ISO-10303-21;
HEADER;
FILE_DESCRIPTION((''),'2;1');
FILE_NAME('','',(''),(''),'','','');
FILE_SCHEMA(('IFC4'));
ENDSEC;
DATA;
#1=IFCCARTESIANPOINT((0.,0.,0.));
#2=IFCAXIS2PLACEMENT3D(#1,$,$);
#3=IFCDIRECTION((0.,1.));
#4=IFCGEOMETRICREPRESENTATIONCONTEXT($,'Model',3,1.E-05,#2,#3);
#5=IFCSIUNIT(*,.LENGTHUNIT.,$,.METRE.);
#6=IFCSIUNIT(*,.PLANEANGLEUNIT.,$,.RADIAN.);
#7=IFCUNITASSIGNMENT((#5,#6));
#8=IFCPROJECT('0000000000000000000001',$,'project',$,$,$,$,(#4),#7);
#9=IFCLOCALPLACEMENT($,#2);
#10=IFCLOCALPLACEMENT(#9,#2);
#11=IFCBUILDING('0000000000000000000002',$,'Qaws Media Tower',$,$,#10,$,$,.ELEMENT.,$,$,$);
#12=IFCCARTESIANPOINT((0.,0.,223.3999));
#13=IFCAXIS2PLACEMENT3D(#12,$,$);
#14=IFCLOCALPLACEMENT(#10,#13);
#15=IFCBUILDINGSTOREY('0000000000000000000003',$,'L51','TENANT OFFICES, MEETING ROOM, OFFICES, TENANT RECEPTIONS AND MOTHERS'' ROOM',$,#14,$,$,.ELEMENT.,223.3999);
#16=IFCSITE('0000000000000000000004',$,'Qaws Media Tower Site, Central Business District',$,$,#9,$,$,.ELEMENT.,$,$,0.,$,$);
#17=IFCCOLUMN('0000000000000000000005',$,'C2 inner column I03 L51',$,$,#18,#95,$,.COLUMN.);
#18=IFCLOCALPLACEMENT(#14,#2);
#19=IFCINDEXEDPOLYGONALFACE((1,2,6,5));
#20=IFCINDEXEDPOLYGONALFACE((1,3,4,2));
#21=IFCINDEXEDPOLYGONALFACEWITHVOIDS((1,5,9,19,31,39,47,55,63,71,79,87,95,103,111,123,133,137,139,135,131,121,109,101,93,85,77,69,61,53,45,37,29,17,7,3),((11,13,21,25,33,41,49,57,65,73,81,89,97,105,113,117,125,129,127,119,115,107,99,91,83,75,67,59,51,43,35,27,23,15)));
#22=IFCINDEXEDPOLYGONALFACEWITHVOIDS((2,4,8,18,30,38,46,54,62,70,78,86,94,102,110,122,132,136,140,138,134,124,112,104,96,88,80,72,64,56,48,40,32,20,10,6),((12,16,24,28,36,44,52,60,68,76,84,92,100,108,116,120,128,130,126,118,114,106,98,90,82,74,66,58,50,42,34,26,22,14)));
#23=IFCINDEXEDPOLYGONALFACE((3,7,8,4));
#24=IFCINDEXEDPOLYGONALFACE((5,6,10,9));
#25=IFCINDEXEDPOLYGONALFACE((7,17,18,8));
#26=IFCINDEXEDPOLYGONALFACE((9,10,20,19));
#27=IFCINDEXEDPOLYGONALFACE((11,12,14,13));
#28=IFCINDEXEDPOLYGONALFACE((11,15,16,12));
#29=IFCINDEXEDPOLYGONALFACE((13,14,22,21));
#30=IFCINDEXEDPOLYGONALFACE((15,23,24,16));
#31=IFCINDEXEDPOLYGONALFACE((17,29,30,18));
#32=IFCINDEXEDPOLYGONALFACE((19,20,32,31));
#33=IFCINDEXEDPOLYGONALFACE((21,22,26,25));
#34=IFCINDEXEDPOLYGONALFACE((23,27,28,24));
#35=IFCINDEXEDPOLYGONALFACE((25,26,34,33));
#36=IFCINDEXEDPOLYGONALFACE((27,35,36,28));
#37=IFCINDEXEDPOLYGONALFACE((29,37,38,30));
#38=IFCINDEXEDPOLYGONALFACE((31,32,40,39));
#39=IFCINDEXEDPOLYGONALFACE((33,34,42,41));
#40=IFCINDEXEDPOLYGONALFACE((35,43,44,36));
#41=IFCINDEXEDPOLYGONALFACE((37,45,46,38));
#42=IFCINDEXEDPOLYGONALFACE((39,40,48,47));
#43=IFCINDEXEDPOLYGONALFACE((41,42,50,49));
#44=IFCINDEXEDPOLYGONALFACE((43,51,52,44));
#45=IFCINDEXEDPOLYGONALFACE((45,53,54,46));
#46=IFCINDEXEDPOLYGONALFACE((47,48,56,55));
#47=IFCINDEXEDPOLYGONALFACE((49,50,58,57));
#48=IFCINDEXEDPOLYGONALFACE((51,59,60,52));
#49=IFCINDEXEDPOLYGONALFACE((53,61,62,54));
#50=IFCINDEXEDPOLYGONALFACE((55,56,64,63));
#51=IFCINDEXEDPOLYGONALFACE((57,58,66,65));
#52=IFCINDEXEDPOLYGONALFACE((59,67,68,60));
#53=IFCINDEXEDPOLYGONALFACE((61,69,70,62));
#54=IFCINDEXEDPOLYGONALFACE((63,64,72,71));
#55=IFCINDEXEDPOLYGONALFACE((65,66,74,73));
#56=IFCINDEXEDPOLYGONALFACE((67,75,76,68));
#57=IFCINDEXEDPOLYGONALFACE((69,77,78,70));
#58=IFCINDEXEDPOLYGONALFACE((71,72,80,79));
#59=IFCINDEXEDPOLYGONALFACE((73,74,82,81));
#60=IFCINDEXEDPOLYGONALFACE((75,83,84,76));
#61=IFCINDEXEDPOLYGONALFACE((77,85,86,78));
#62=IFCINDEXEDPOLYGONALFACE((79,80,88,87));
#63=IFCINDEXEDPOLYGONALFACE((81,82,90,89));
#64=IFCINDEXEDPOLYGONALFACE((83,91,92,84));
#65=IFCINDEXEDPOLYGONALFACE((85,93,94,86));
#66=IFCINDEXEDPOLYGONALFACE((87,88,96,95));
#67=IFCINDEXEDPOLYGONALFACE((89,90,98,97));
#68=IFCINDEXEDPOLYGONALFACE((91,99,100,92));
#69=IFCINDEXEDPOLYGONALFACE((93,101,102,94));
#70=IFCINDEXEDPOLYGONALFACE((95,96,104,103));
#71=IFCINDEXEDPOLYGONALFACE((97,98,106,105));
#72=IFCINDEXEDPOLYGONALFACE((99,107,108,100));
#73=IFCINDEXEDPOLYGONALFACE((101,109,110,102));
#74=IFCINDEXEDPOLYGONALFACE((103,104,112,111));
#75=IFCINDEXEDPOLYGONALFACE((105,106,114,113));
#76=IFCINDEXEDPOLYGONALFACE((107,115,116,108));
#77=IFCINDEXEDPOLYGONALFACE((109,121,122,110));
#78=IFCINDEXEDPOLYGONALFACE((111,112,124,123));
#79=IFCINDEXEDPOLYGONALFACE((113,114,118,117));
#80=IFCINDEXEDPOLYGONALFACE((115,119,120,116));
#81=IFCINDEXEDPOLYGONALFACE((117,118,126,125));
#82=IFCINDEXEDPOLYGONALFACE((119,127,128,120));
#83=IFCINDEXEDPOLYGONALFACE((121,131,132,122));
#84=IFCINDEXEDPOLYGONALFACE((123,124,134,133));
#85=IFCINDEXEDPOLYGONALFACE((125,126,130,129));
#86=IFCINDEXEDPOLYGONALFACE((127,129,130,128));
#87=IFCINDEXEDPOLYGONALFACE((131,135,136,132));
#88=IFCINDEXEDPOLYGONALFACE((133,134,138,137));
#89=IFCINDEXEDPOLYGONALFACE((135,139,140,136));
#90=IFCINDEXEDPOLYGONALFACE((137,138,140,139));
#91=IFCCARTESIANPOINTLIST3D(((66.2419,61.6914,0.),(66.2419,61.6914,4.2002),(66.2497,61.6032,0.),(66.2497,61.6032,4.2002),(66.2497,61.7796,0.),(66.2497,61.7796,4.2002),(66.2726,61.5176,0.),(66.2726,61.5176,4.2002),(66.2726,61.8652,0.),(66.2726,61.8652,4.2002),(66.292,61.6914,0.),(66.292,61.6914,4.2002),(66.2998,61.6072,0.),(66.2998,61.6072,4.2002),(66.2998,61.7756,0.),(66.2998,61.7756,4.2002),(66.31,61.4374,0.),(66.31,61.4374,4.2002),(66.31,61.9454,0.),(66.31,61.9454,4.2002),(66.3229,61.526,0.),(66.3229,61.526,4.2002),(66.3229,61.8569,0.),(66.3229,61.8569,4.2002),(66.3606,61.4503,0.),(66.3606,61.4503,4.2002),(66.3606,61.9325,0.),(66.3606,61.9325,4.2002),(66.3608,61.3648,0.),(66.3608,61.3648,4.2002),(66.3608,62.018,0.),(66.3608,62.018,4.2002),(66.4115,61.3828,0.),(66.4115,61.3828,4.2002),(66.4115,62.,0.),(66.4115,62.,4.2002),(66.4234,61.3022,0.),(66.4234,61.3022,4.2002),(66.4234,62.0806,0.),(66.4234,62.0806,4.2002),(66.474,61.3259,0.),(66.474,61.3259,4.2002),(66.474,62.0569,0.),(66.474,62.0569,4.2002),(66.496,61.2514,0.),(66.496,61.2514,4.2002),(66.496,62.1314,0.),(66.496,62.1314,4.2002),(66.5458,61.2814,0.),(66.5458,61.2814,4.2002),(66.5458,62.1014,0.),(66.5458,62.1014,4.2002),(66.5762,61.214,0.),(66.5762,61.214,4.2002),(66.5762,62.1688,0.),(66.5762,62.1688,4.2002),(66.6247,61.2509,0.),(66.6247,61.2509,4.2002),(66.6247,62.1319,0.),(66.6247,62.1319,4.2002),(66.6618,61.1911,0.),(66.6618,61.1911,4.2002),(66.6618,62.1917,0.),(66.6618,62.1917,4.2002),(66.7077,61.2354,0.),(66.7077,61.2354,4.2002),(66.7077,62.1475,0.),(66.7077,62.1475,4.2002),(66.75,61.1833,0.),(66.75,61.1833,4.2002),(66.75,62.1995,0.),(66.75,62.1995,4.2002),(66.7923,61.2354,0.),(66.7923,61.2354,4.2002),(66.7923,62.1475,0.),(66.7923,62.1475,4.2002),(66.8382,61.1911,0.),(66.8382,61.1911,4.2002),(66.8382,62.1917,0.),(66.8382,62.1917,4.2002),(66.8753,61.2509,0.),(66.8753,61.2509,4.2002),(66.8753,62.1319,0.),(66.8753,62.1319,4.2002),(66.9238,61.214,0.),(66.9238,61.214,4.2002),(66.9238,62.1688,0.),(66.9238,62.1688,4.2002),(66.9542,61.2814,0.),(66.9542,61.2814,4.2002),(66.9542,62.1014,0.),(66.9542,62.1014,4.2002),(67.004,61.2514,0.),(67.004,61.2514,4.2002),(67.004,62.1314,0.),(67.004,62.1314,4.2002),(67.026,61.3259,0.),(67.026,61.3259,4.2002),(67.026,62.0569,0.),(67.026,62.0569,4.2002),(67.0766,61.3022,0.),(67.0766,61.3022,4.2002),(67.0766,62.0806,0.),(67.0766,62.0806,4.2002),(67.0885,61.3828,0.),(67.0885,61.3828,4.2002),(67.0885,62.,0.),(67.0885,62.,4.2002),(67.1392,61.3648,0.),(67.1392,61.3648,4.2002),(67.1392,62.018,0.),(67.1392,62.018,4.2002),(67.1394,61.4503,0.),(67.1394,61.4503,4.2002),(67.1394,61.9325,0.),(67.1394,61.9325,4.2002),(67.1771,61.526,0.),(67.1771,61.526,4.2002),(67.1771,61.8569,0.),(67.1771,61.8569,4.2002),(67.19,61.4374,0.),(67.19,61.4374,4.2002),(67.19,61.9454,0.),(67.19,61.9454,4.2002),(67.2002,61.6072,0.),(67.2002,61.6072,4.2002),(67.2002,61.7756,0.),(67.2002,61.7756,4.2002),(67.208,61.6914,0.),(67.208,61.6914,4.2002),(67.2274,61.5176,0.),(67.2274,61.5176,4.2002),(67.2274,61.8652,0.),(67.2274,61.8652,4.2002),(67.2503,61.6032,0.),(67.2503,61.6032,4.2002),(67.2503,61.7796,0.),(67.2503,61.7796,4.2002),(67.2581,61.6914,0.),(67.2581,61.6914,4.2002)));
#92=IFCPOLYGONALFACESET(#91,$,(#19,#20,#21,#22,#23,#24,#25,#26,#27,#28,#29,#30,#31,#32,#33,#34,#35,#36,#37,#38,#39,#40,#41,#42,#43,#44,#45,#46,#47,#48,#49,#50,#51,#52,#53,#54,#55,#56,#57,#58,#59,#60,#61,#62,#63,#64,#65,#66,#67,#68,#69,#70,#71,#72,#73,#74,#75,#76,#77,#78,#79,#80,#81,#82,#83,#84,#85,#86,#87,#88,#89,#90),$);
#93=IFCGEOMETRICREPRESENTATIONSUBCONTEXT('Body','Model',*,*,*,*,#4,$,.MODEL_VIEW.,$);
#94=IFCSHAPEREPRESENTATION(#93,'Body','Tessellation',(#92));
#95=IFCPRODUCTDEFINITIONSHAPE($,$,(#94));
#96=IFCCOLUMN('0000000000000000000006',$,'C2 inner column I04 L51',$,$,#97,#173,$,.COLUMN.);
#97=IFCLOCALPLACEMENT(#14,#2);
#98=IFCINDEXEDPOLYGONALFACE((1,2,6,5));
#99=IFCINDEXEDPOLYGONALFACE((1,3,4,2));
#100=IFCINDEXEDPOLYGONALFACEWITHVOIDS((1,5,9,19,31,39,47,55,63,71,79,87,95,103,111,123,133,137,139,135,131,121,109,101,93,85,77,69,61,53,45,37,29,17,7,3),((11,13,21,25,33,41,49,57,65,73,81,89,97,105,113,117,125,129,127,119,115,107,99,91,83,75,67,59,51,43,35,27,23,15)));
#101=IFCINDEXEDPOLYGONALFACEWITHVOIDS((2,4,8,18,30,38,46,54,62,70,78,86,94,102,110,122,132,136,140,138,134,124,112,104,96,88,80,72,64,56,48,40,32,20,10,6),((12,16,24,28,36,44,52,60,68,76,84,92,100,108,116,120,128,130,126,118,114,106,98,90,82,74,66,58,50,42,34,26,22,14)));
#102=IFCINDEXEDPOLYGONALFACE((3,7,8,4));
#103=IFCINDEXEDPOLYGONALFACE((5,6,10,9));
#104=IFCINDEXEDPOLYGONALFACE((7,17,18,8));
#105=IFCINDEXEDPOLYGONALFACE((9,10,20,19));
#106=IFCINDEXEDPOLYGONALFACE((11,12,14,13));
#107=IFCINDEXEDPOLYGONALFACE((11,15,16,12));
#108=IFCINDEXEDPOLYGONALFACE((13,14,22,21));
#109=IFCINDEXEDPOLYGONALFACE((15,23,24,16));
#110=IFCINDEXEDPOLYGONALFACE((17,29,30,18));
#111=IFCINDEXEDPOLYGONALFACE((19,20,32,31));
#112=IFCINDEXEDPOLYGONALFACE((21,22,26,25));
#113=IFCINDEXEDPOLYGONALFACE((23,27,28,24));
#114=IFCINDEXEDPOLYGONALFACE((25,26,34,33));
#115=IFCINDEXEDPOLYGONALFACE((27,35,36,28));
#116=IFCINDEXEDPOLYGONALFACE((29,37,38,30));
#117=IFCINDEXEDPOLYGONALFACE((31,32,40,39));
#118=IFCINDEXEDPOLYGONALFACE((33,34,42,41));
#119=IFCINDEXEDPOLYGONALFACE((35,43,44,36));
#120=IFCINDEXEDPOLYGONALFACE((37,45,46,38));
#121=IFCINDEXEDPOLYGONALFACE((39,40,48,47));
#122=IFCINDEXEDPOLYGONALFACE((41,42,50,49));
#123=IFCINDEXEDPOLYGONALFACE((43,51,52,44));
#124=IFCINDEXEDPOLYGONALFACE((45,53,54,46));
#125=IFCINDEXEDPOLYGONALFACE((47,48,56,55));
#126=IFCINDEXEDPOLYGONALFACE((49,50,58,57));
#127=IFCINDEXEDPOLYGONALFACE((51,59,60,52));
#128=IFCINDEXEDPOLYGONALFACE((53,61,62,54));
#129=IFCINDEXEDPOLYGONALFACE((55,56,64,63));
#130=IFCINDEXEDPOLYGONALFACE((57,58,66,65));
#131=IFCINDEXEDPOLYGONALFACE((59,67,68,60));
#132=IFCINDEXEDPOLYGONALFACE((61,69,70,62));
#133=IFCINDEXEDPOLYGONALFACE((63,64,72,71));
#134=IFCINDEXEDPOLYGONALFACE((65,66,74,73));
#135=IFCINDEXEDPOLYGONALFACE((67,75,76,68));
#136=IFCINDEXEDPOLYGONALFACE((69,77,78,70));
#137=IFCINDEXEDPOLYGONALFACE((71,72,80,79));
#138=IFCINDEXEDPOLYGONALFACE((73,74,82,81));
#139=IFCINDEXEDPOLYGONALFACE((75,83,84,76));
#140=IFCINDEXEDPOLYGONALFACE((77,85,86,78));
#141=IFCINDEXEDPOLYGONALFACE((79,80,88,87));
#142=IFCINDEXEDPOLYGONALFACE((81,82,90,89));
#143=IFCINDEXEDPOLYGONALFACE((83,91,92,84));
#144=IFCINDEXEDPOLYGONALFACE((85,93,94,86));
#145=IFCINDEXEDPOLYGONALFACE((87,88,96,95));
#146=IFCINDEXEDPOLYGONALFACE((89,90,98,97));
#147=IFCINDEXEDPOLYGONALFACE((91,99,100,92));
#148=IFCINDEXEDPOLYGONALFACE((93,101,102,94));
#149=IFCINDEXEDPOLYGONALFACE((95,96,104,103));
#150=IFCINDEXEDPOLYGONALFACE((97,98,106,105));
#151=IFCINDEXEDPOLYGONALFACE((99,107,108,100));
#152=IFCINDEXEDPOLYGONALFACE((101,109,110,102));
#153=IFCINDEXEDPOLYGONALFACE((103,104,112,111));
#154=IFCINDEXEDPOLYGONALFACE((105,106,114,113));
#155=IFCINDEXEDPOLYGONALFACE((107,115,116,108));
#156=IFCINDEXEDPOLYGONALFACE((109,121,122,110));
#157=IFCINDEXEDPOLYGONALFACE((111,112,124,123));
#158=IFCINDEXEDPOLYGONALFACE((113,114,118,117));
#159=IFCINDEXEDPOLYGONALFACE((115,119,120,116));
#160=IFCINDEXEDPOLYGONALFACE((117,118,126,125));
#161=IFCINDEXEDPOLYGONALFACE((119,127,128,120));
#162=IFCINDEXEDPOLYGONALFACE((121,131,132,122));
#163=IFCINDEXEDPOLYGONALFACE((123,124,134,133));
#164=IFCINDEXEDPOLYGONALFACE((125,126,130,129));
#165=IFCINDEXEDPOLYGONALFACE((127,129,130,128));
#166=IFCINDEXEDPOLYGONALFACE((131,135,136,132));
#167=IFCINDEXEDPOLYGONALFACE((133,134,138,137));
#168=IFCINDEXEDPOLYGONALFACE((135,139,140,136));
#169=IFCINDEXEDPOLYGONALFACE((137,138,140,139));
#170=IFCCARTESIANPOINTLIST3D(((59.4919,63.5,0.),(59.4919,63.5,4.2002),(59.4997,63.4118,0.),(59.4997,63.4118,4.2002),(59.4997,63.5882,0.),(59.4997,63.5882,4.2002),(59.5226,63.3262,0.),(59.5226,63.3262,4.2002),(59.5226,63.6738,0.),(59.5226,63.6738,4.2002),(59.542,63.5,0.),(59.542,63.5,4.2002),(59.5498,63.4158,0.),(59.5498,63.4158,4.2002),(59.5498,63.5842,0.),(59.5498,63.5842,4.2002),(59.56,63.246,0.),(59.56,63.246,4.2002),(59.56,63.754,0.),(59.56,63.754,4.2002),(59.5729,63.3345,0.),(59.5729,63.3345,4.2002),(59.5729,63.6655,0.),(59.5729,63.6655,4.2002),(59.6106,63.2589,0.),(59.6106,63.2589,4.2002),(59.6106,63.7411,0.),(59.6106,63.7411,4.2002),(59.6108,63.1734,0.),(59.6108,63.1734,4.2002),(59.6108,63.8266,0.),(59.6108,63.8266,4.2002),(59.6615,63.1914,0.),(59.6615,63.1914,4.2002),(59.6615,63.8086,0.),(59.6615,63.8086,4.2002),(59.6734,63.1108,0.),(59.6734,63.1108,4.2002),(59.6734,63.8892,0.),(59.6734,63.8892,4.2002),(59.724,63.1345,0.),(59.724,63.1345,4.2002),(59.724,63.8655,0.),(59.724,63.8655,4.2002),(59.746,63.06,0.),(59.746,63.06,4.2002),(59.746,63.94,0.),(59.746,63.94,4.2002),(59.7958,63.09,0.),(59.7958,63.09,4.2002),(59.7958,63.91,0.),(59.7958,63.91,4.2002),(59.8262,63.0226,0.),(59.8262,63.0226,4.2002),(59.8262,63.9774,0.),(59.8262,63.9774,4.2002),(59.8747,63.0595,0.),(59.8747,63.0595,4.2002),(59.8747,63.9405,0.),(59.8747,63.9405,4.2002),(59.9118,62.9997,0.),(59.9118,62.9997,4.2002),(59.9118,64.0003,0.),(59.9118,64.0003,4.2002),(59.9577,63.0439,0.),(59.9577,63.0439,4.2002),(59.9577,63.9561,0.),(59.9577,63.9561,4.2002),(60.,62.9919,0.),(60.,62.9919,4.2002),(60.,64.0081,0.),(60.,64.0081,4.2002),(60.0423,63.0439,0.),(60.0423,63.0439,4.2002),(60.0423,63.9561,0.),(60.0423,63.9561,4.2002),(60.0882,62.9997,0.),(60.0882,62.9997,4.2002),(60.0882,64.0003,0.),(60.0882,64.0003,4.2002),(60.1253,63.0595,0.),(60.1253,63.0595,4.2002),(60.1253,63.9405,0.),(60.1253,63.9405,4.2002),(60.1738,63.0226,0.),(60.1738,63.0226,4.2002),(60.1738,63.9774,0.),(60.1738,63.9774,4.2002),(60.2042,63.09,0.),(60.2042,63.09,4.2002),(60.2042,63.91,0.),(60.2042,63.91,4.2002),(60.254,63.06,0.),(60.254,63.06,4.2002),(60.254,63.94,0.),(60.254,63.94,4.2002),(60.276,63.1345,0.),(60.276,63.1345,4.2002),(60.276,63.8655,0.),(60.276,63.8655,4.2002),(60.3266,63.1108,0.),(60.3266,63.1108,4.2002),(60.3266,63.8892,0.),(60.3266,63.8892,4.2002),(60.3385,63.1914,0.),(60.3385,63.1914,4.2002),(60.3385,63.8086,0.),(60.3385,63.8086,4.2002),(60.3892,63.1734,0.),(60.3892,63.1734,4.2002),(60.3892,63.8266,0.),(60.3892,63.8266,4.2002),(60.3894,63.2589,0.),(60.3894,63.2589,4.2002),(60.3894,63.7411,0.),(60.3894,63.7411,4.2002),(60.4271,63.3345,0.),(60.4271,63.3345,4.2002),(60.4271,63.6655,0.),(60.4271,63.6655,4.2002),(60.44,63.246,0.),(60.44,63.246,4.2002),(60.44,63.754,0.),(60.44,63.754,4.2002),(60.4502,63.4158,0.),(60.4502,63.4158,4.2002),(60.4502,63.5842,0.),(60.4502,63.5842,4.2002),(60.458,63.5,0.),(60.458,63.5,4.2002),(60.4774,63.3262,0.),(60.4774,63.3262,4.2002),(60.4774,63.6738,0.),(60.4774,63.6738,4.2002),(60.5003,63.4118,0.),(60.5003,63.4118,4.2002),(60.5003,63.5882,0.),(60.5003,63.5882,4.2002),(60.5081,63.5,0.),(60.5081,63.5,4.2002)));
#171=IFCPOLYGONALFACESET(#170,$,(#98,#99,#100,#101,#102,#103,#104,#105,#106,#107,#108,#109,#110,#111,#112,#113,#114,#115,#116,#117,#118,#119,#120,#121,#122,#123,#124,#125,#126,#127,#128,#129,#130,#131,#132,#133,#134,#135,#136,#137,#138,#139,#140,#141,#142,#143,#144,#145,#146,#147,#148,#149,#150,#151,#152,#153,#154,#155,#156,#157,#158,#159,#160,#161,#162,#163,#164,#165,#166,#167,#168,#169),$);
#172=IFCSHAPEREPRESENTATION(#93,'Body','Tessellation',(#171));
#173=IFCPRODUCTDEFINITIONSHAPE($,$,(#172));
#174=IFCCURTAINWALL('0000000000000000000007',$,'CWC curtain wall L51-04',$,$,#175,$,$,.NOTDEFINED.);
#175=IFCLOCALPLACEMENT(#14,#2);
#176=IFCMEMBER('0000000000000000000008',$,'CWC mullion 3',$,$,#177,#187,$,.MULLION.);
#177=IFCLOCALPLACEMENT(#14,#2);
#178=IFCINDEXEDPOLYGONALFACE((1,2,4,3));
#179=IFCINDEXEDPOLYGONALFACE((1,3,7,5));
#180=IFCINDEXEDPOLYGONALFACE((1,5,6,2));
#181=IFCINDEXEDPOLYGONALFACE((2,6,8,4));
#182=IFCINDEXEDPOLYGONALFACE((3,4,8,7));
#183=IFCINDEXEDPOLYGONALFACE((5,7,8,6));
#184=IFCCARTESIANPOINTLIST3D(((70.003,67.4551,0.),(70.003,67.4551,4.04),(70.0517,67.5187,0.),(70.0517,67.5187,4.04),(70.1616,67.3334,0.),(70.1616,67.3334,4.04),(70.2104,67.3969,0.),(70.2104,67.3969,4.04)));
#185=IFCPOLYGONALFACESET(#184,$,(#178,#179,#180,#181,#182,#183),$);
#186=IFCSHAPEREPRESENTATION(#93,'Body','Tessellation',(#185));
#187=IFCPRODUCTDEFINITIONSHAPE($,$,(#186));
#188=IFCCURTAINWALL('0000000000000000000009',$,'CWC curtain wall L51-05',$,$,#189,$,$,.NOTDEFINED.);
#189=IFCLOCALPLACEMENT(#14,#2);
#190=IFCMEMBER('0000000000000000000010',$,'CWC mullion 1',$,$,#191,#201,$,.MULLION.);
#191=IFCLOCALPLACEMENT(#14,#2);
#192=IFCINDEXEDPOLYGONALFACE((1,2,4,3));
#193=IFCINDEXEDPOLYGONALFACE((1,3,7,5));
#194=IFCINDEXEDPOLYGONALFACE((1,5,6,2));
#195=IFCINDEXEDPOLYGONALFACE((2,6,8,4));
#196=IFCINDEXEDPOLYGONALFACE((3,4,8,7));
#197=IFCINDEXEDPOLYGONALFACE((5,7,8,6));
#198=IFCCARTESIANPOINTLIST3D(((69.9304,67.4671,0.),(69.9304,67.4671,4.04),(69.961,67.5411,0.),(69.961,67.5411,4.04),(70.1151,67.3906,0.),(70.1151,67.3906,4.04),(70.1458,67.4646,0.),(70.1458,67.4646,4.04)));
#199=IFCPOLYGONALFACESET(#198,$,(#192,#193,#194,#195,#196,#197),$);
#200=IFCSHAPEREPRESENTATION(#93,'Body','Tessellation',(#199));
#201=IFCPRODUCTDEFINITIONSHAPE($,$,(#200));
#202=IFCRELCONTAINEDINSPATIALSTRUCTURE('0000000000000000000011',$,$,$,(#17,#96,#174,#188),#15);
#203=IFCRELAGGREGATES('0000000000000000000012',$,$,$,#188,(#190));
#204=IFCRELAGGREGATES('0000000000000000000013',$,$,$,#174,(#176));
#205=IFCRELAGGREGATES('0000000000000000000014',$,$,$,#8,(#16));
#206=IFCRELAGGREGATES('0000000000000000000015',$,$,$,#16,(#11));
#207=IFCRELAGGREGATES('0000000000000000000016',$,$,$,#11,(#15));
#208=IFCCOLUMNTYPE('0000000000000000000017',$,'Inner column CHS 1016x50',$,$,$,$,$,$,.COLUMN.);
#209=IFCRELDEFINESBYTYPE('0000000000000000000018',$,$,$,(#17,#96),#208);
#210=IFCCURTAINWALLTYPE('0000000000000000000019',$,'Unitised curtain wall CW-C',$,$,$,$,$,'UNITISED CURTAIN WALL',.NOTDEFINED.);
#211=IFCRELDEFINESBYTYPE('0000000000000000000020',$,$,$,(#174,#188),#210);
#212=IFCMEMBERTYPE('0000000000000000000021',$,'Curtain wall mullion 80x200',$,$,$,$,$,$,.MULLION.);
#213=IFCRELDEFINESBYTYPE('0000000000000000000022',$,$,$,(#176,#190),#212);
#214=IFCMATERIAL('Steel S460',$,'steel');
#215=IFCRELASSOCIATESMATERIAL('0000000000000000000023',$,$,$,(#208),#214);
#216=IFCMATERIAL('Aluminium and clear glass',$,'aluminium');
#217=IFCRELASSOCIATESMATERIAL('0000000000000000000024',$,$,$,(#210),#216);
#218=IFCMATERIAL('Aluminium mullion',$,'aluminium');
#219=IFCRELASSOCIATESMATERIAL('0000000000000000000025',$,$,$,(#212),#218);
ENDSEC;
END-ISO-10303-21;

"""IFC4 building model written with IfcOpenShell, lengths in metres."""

from ifc_helpers import new_model, si_unit, direction, frame, origin, origin_2d, place, context, subcontext, project, spatial, rectangle, hollow_circle, extrude, material, material_profile, profile_set, type_object, element, aggregate, save


model = new_model("IFC4")

# Units and contexts
model_context = context("Model", 3, precision=1e-05, world=origin(), true_north=direction((0.0, 1.0)))
body_context = subcontext(model_context, "Body", "Model", "MODEL_VIEW")
ifc_project = project(units=[si_unit("LENGTHUNIT", "METRE"), si_unit("PLANEANGLEUNIT", "RADIAN")], contexts=[model_context])

# Site, building, storey
site_placement = place(None, origin())
site = spatial("IfcSite", under=ifc_project, at=site_placement, Name="Qaws Media Tower Site, Central Business District", CompositionType="ELEMENT", RefElevation=0.0)
building_placement = place(site_placement, origin())
building = spatial("IfcBuilding", under=site, at=building_placement, Name="Qaws Media Tower", CompositionType="ELEMENT")
storey_placement = place(building_placement, frame((0.0, 0.0, 223.3999)))
storey = spatial("IfcBuildingStorey", under=building, at=storey_placement, Name="L51", Description="TENANT OFFICES, MEETING ROOM, OFFICES, TENANT RECEPTIONS AND MOTHERS' ROOM", CompositionType="ELEMENT", Elevation=223.3999)

# Columns
ifc_material_1 = material(Name="Steel S460", Category="steel")
ifc_material_profile_1 = material_profile(ifc_material_1, hollow_circle(Radius=0.5081, WallThickness=0.05, at=origin_2d()), Name="CHS 1016x50")
ifc_profile_set_1 = profile_set([ifc_material_profile_1], Name="Steel S460")
column_type = type_object("IfcColumnType", Name="Inner column CHS 1016x50", PredefinedType="COLUMN", material=ifc_profile_set_1)
for number, where, z_axis, x_axis, name in (
    (1, (66.75, 61.6914, 0.0), (0.0, 0.0, 1.0), (1.0, 0.0, 0.0), "C2 inner column I03 L51"),
    (2, (60.0, 63.5, 0.0), (0.0, 0.0, 1.0), (1.0, 0.0, 0.0), "C2 inner column I04 L51"),
):
    element("IfcColumn", number, at=place(storey_placement, frame(where, z_axis=z_axis, x_axis=x_axis)), inside=storey, type_object=column_type, Name=name, PredefinedType="COLUMN", context=body_context, shape_type="SweptSolid", body=[
        extrude(hollow_circle(Radius=0.5081, WallThickness=0.05, at=origin_2d()), origin(), (0.0, 0.0, 1.0), 4.2002),
    ])

# Curtain wall, member
ifc_material_2 = material(Name="Aluminium and clear glass", Category="aluminium")
curtain_wall_type = type_object("IfcCurtainWallType", Name="Unitised curtain wall CW-C", ElementType="UNITISED CURTAIN WALL", PredefinedType="NOTDEFINED", material=ifc_material_2)
curtain_wall_1_placement = place(storey_placement, origin())
curtain_wall_1 = element("IfcCurtainWall", 3, at=curtain_wall_1_placement, inside=storey, type_object=curtain_wall_type, Name="CWC curtain wall L51-04", PredefinedType="NOTDEFINED")
ifc_material_3 = material(Name="Aluminium mullion", Category="aluminium")
ifc_material_profile_2 = material_profile(ifc_material_3, rectangle(XDim=0.0801, YDim=0.2, at=origin_2d()), Name="80x200")
ifc_profile_set_2 = profile_set([ifc_material_profile_2], Name="Aluminium mullion")
member_type_1 = type_object("IfcMemberType", Name="Curtain wall mullion 80x200", PredefinedType="MULLION", material=ifc_profile_set_2)
member_1_placement = place(storey_placement, frame((70.1067, 67.426, 0.0), z_axis=(0.0, 0.0, 1.0), x_axis=(-0.608761, -0.793353, 0.0)))
member_1 = element("IfcMember", 4, at=member_1_placement, type_object=member_type_1, Name="CWC mullion 3", PredefinedType="MULLION", context=body_context, shape_type="SweptSolid", body=[
    extrude(rectangle(XDim=0.0801, YDim=0.2, at=origin_2d()), origin(), (0.0, 0.0, 1.0), 4.04),
])

# Curtain wall, member
curtain_wall_2_placement = place(storey_placement, origin())
curtain_wall_2 = element("IfcCurtainWall", 5, at=curtain_wall_2_placement, inside=storey, type_object=curtain_wall_type, Name="CWC curtain wall L51-05", PredefinedType="NOTDEFINED")
member_2_placement = place(storey_placement, frame((70.0381, 67.4658, 0.0), z_axis=(0.0, 0.0, 1.0), x_axis=(-0.382683, -0.92388, 0.0)))
member_2 = element("IfcMember", 6, at=member_2_placement, type_object=member_type_1, Name="CWC mullion 1", PredefinedType="MULLION", context=body_context, shape_type="SweptSolid", body=[
    extrude(rectangle(XDim=0.0801, YDim=0.2, at=origin_2d()), origin(), (0.0, 0.0, 1.0), 4.04),
])
aggregate(curtain_wall_2, [member_2])

aggregate(curtain_wall_1, [member_1])

save(model, "model.ifc")
